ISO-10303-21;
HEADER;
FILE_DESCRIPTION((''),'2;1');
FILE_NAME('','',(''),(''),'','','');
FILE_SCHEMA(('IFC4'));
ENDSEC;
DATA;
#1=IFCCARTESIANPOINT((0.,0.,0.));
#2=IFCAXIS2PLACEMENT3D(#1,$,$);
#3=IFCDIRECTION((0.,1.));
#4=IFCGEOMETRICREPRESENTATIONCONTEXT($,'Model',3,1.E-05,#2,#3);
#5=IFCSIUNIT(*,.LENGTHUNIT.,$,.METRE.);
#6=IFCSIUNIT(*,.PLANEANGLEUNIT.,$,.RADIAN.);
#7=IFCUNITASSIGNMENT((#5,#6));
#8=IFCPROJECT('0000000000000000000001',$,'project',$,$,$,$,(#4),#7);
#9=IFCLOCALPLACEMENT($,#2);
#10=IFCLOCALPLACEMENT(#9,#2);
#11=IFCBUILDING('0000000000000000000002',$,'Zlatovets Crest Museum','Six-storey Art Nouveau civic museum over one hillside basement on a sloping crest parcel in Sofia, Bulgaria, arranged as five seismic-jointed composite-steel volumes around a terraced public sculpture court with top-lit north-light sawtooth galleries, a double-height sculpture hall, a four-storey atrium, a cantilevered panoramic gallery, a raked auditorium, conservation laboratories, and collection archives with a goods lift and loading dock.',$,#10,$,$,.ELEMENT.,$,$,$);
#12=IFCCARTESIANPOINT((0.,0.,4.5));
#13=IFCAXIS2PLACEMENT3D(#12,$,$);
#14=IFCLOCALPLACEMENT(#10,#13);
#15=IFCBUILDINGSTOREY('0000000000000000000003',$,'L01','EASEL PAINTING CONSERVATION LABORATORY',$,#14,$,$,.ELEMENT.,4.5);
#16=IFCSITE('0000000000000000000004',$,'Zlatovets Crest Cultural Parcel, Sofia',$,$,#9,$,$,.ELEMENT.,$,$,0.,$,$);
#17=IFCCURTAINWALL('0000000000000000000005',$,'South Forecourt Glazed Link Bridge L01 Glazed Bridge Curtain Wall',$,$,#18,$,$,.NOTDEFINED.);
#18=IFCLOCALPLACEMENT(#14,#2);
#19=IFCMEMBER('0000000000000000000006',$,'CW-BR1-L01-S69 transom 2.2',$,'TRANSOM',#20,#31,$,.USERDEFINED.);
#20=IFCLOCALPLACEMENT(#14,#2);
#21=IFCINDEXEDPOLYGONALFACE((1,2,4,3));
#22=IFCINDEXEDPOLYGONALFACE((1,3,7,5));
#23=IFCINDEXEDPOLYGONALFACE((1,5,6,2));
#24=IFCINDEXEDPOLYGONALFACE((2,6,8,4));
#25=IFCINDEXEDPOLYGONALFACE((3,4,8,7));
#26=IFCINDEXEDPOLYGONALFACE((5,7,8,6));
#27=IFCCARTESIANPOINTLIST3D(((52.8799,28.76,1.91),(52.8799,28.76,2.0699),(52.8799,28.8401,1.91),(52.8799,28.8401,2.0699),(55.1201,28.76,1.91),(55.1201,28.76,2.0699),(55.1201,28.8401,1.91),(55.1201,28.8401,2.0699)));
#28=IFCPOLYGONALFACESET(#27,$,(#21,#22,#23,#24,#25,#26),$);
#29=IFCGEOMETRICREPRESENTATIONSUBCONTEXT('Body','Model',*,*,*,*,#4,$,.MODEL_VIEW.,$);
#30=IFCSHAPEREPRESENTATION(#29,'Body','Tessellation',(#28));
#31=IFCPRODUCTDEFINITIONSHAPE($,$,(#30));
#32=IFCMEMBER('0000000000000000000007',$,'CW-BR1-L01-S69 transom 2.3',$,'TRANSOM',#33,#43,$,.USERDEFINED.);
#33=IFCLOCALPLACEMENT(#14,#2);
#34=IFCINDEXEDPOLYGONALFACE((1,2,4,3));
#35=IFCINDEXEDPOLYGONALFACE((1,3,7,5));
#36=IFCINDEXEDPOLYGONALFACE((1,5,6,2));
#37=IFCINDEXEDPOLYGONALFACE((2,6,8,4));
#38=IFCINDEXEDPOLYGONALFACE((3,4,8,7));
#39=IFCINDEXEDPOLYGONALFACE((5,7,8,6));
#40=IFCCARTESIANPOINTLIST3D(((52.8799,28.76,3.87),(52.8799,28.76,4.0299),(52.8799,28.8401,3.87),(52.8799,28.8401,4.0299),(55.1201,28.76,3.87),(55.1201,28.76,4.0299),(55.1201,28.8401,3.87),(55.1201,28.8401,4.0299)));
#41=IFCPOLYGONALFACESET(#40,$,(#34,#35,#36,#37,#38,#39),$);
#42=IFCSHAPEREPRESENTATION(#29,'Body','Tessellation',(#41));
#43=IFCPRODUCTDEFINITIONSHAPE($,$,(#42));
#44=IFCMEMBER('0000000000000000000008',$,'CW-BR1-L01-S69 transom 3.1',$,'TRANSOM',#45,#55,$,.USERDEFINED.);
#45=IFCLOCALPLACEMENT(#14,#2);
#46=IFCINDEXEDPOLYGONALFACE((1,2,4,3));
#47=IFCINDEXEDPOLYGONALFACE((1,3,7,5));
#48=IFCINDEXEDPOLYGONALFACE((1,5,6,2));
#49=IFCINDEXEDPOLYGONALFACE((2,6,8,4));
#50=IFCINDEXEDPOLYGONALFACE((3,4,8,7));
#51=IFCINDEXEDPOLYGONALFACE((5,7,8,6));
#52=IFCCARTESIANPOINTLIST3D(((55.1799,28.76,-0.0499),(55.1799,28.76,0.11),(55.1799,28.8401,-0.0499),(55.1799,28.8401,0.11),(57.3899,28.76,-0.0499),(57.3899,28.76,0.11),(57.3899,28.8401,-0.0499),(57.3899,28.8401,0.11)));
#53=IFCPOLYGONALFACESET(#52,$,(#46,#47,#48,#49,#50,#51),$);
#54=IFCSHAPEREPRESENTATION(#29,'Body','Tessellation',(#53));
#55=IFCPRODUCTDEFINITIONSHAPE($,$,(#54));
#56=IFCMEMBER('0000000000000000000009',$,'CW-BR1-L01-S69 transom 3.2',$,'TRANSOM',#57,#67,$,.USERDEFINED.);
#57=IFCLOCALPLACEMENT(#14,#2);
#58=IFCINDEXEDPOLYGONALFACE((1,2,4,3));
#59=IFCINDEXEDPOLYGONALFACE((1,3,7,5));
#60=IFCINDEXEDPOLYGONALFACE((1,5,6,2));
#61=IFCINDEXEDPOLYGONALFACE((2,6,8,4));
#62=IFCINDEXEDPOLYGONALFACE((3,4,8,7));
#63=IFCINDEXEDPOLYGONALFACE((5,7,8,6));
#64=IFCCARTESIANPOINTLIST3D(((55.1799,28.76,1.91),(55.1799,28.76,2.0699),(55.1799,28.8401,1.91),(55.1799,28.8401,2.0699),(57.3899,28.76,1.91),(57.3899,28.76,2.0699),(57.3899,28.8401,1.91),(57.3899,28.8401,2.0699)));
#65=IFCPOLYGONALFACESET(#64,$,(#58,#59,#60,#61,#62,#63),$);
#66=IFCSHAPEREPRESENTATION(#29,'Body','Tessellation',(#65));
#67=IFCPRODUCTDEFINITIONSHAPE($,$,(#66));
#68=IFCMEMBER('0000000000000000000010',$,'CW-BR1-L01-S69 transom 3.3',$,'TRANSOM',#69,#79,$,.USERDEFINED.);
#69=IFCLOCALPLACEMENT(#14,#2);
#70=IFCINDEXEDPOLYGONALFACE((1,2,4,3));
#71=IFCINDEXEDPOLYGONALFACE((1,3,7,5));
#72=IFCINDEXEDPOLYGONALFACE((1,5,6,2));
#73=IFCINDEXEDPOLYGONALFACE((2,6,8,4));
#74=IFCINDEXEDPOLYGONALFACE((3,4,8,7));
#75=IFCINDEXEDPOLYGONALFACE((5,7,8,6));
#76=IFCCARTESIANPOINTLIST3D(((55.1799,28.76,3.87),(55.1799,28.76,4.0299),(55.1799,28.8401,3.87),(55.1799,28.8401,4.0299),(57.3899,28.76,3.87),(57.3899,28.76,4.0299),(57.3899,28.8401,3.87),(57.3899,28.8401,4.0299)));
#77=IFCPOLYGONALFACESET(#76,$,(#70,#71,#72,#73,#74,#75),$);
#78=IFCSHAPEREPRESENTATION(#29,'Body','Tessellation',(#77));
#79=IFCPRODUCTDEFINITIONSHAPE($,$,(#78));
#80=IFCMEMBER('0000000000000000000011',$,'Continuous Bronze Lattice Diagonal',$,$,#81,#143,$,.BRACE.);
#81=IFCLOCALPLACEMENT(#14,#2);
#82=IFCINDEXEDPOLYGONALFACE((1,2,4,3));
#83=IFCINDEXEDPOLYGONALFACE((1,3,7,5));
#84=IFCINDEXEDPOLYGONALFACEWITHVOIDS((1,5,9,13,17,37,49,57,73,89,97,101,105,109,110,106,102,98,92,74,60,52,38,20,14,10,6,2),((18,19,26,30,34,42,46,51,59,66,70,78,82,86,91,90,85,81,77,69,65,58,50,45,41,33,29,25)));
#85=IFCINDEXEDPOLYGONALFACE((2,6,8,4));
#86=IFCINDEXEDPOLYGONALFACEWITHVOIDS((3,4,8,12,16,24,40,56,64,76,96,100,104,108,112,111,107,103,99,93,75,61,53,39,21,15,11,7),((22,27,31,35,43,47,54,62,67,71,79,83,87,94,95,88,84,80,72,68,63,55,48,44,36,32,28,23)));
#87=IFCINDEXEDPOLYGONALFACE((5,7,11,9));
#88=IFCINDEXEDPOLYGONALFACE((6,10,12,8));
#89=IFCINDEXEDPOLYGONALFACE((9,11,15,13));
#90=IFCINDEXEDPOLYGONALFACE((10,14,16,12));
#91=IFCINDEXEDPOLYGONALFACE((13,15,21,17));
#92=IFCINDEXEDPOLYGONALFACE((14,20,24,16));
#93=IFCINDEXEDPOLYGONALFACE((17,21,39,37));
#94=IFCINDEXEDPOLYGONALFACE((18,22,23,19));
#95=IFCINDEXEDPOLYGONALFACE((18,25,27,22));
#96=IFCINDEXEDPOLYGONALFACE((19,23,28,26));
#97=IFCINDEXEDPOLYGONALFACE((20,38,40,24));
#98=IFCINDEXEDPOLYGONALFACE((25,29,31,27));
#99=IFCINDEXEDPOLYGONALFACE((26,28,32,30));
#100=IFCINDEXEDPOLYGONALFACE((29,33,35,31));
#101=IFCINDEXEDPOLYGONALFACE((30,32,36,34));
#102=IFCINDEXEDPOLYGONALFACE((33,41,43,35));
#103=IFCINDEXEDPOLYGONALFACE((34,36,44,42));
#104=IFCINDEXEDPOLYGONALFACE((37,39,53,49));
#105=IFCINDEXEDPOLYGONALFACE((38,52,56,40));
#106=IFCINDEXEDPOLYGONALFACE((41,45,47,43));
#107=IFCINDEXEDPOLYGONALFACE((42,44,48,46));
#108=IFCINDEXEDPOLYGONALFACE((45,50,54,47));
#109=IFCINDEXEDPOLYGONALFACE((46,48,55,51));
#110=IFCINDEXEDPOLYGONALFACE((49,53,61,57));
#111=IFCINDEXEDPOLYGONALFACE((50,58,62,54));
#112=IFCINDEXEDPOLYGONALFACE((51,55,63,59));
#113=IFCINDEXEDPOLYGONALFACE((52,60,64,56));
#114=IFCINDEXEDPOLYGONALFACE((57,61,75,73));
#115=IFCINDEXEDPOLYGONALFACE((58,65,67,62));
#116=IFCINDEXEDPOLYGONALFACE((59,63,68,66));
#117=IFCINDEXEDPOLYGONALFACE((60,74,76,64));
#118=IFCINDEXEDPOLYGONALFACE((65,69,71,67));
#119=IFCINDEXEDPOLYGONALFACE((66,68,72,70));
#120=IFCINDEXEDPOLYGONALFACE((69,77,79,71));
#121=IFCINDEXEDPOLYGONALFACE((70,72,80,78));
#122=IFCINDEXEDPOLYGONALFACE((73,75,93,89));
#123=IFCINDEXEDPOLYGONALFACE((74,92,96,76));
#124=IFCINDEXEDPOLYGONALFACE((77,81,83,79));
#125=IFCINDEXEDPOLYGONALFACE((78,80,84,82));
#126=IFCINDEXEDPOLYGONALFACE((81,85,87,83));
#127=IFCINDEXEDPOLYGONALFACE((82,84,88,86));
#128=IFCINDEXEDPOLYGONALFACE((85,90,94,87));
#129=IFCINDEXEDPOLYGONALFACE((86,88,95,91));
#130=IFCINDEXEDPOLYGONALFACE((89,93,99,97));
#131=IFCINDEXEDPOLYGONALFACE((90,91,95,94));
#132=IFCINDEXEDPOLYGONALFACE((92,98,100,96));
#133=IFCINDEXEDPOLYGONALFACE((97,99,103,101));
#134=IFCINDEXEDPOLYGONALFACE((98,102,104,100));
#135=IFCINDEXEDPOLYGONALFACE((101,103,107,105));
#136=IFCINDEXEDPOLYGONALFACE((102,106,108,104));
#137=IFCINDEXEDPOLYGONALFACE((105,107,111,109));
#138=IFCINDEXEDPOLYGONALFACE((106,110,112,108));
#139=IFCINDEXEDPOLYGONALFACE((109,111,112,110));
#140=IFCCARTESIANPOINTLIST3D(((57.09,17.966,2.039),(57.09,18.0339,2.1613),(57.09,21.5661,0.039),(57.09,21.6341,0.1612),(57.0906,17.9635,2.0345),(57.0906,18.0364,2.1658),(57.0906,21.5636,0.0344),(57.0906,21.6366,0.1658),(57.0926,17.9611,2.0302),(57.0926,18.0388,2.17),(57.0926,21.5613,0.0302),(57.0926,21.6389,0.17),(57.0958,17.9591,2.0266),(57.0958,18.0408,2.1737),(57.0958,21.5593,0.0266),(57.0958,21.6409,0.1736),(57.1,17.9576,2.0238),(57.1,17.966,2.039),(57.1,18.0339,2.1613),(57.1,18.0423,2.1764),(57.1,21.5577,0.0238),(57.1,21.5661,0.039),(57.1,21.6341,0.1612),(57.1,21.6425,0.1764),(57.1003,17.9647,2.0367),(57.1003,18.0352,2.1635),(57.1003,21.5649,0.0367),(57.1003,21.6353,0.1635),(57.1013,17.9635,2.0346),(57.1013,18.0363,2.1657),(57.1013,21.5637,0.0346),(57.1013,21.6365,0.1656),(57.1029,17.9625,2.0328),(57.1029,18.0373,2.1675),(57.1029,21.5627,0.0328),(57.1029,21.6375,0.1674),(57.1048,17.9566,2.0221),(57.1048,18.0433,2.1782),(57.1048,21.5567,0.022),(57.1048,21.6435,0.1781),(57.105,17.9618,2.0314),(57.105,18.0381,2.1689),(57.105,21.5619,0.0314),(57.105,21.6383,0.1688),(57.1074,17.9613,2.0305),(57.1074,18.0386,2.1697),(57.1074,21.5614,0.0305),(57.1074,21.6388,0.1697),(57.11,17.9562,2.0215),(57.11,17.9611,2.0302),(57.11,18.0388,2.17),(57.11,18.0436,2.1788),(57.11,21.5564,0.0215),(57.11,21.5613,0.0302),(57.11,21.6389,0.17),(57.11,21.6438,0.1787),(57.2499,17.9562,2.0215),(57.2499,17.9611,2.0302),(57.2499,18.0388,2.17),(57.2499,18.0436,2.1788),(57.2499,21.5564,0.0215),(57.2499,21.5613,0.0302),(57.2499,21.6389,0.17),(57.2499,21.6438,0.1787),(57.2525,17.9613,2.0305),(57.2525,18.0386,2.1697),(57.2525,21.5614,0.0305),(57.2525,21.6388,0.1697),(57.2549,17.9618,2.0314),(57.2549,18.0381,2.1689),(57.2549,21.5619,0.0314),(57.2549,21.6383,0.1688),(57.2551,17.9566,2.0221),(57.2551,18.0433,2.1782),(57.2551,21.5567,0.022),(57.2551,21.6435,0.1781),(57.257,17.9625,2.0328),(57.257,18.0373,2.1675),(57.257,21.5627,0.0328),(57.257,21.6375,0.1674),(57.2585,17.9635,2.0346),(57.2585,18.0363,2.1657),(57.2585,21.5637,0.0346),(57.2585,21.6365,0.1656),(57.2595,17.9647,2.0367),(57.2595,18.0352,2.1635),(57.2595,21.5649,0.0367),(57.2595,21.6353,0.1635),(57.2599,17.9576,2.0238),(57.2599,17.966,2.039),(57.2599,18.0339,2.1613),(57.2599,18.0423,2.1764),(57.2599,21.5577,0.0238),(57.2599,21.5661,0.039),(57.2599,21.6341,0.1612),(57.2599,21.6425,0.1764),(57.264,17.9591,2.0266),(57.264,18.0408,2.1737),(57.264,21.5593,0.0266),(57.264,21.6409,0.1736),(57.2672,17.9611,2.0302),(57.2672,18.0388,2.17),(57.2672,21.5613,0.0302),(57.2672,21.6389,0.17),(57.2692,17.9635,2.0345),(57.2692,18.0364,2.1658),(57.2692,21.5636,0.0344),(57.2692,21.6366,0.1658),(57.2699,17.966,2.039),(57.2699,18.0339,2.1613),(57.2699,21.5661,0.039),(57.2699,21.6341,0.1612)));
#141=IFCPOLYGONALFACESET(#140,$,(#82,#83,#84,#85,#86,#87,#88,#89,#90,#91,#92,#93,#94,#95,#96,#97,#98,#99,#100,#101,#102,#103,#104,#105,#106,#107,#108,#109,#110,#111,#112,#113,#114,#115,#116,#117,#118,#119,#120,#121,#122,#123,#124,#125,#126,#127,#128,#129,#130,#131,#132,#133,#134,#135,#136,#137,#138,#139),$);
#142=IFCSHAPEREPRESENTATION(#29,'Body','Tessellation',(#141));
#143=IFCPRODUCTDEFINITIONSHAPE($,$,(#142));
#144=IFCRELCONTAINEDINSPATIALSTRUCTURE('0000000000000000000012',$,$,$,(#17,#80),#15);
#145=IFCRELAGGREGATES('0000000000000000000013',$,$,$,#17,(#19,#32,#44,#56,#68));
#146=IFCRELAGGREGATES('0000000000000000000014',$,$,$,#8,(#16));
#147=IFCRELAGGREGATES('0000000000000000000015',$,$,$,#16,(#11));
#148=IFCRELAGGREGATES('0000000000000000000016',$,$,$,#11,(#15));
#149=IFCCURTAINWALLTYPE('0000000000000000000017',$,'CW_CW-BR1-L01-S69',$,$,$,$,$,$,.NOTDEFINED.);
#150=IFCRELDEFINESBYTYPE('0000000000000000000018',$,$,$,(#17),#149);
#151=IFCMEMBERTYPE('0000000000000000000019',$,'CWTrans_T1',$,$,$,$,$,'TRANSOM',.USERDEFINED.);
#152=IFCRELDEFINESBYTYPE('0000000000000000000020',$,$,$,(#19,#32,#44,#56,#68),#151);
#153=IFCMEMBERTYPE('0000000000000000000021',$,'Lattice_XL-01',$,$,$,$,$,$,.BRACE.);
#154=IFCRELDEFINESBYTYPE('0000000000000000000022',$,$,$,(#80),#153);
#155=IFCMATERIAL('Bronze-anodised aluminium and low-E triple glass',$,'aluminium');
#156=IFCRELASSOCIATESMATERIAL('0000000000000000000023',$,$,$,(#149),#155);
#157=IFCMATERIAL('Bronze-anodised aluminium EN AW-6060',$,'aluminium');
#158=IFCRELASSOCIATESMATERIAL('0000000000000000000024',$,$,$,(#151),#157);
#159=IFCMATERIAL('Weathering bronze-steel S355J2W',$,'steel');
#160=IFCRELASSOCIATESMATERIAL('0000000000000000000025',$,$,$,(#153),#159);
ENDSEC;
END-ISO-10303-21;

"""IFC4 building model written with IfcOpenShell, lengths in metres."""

from ifc_helpers import new_model, si_unit, direction, frame, origin, origin_2d, place, context, subcontext, project, spatial, rectangle, hollow_rectangle, extrude, material, material_profile, profile_set, type_object, element, aggregate, save


model = new_model("IFC4")

# Units and contexts
model_context = context("Model", 3, precision=1e-05, world=origin(), true_north=direction((0.0, 1.0)))
body_context = subcontext(model_context, "Body", "Model", "MODEL_VIEW")
ifc_project = project(units=[si_unit("LENGTHUNIT", "METRE"), si_unit("PLANEANGLEUNIT", "RADIAN")], contexts=[model_context])

# Site, building, storey
site_placement = place(None, origin())
site = spatial("IfcSite", under=ifc_project, at=site_placement, Name="Zlatovets Crest Cultural Parcel, Sofia", CompositionType="ELEMENT", RefElevation=0.0)
building_placement = place(site_placement, origin())
building = spatial("IfcBuilding", under=site, at=building_placement, Name="Zlatovets Crest Museum", Description="Six-storey Art Nouveau civic museum over one hillside basement on a sloping crest parcel in Sofia, Bulgaria, arranged as five seismic-jointed composite-steel volumes around a terraced public sculpture court with top-lit north-light sawtooth galleries, a double-height sculpture hall, a four-storey atrium, a cantilevered panoramic gallery, a raked auditorium, conservation laboratories, and collection archives with a goods lift and loading dock.", CompositionType="ELEMENT")
storey_placement = place(building_placement, frame((0.0, 0.0, 4.5)))
storey = spatial("IfcBuildingStorey", under=building, at=storey_placement, Name="L01", Description="EASEL PAINTING CONSERVATION LABORATORY", CompositionType="ELEMENT", Elevation=4.5)

# Curtain wall
ifc_material_1 = material(Name="Bronze-anodised aluminium and low-E triple glass", Category="aluminium")
curtain_wall_type = type_object("IfcCurtainWallType", Name="CW_CW-BR1-L01-S69", PredefinedType="NOTDEFINED", material=ifc_material_1)
ifc_material_2 = material(Name="Bronze-anodised aluminium EN AW-6060", Category="aluminium")
curtain_wall_1_placement = place(storey_placement, origin())
curtain_wall_1 = element("IfcCurtainWall", 1, at=curtain_wall_1_placement, inside=storey, type_object=curtain_wall_type, Name="South Forecourt Glazed Link Bridge L01 Glazed Bridge Curtain Wall", PredefinedType="NOTDEFINED")

# Members
ifc_material_profile_1 = material_profile(ifc_material_2, rectangle(XDim=0.0801, YDim=0.1599, at=origin_2d()), Name="ALU 80x160")
ifc_profile_set_1 = profile_set([ifc_material_profile_1], Name="Bronze-anodised aluminium EN AW-6060")
member_type_1 = type_object("IfcMemberType", Name="CWTrans_T1", ElementType="TRANSOM", PredefinedType="USERDEFINED", material=ifc_profile_set_1)
member_1_placement = place(storey_placement, frame((52.8799, 28.8, 1.99), z_axis=(1.0, 0.0, 0.0), x_axis=(0.0, 1.0, 0.0)))
member_1 = element("IfcMember", 2, at=member_1_placement, type_object=member_type_1, Name="CW-BR1-L01-S69 transom 2.2", ObjectType="TRANSOM", PredefinedType="USERDEFINED", context=body_context, shape_type="SweptSolid", body=[
    extrude(rectangle(XDim=0.0801, YDim=0.1599, at=origin_2d()), origin(), (0.0, 0.0, 1.0), 2.2402),
])
member_2_placement = place(storey_placement, frame((52.8799, 28.8, 3.95), z_axis=(1.0, 0.0, 0.0), x_axis=(0.0, 1.0, 0.0)))
member_2 = element("IfcMember", 3, at=member_2_placement, type_object=member_type_1, Name="CW-BR1-L01-S69 transom 2.3", ObjectType="TRANSOM", PredefinedType="USERDEFINED", context=body_context, shape_type="SweptSolid", body=[
    extrude(rectangle(XDim=0.0801, YDim=0.1599, at=origin_2d()), origin(), (0.0, 0.0, 1.0), 2.2402),
])
member_3_placement = place(storey_placement, frame((55.1799, 28.8, 0.03), z_axis=(1.0, 0.0, 0.0), x_axis=(0.0, 1.0, 0.0)))
member_3 = element("IfcMember", 4, at=member_3_placement, type_object=member_type_1, Name="CW-BR1-L01-S69 transom 3.1", ObjectType="TRANSOM", PredefinedType="USERDEFINED", context=body_context, shape_type="SweptSolid", body=[
    extrude(rectangle(XDim=0.0801, YDim=0.1599, at=origin_2d()), origin(), (0.0, 0.0, 1.0), 2.21),
])
member_4_placement = place(storey_placement, frame((55.1799, 28.8, 1.99), z_axis=(1.0, 0.0, 0.0), x_axis=(0.0, 1.0, 0.0)))
member_4 = element("IfcMember", 5, at=member_4_placement, type_object=member_type_1, Name="CW-BR1-L01-S69 transom 3.2", ObjectType="TRANSOM", PredefinedType="USERDEFINED", context=body_context, shape_type="SweptSolid", body=[
    extrude(rectangle(XDim=0.0801, YDim=0.1599, at=origin_2d()), origin(), (0.0, 0.0, 1.0), 2.21),
])
member_5_placement = place(storey_placement, frame((55.1799, 28.8, 3.95), z_axis=(1.0, 0.0, 0.0), x_axis=(0.0, 1.0, 0.0)))
member_5 = element("IfcMember", 6, at=member_5_placement, type_object=member_type_1, Name="CW-BR1-L01-S69 transom 3.3", ObjectType="TRANSOM", PredefinedType="USERDEFINED", context=body_context, shape_type="SweptSolid", body=[
    extrude(rectangle(XDim=0.0801, YDim=0.1599, at=origin_2d()), origin(), (0.0, 0.0, 1.0), 2.21),
])

# Member
ifc_material_3 = material(Name="Weathering bronze-steel S355J2W", Category="steel")
ifc_material_profile_2 = material_profile(ifc_material_3, hollow_rectangle(XDim=0.1799, YDim=0.1799, WallThickness=0.01, InnerFilletRadius=0.01, OuterFilletRadius=0.02, at=origin_2d()), Name="SHS 180x180x10.0")
ifc_profile_set_2 = profile_set([ifc_material_profile_2], Name="Weathering bronze-steel S355J2W")
member_type_2 = type_object("IfcMemberType", Name="Lattice_XL-01", PredefinedType="BRACE", material=ifc_profile_set_2)
member_6_placement = place(storey_placement, frame((57.1799, 21.6001, 0.1001), z_axis=(0.0, -0.874163, 0.485633), x_axis=(1.0, 0.0, 0.0)))
element("IfcMember", 7, at=member_6_placement, inside=storey, type_object=member_type_2, Name="Continuous Bronze Lattice Diagonal", PredefinedType="BRACE", context=body_context, shape_type="SweptSolid", body=[
    extrude(hollow_rectangle(XDim=0.1799, YDim=0.1799, WallThickness=0.01, InnerFilletRadius=0.01, OuterFilletRadius=0.02, at=origin_2d()), origin(), (0.0, 0.0, 1.0), 4.1184),
])

aggregate(curtain_wall_1, [member_1, member_2, member_3, member_4, member_5])

save(model, "model.ifc")
